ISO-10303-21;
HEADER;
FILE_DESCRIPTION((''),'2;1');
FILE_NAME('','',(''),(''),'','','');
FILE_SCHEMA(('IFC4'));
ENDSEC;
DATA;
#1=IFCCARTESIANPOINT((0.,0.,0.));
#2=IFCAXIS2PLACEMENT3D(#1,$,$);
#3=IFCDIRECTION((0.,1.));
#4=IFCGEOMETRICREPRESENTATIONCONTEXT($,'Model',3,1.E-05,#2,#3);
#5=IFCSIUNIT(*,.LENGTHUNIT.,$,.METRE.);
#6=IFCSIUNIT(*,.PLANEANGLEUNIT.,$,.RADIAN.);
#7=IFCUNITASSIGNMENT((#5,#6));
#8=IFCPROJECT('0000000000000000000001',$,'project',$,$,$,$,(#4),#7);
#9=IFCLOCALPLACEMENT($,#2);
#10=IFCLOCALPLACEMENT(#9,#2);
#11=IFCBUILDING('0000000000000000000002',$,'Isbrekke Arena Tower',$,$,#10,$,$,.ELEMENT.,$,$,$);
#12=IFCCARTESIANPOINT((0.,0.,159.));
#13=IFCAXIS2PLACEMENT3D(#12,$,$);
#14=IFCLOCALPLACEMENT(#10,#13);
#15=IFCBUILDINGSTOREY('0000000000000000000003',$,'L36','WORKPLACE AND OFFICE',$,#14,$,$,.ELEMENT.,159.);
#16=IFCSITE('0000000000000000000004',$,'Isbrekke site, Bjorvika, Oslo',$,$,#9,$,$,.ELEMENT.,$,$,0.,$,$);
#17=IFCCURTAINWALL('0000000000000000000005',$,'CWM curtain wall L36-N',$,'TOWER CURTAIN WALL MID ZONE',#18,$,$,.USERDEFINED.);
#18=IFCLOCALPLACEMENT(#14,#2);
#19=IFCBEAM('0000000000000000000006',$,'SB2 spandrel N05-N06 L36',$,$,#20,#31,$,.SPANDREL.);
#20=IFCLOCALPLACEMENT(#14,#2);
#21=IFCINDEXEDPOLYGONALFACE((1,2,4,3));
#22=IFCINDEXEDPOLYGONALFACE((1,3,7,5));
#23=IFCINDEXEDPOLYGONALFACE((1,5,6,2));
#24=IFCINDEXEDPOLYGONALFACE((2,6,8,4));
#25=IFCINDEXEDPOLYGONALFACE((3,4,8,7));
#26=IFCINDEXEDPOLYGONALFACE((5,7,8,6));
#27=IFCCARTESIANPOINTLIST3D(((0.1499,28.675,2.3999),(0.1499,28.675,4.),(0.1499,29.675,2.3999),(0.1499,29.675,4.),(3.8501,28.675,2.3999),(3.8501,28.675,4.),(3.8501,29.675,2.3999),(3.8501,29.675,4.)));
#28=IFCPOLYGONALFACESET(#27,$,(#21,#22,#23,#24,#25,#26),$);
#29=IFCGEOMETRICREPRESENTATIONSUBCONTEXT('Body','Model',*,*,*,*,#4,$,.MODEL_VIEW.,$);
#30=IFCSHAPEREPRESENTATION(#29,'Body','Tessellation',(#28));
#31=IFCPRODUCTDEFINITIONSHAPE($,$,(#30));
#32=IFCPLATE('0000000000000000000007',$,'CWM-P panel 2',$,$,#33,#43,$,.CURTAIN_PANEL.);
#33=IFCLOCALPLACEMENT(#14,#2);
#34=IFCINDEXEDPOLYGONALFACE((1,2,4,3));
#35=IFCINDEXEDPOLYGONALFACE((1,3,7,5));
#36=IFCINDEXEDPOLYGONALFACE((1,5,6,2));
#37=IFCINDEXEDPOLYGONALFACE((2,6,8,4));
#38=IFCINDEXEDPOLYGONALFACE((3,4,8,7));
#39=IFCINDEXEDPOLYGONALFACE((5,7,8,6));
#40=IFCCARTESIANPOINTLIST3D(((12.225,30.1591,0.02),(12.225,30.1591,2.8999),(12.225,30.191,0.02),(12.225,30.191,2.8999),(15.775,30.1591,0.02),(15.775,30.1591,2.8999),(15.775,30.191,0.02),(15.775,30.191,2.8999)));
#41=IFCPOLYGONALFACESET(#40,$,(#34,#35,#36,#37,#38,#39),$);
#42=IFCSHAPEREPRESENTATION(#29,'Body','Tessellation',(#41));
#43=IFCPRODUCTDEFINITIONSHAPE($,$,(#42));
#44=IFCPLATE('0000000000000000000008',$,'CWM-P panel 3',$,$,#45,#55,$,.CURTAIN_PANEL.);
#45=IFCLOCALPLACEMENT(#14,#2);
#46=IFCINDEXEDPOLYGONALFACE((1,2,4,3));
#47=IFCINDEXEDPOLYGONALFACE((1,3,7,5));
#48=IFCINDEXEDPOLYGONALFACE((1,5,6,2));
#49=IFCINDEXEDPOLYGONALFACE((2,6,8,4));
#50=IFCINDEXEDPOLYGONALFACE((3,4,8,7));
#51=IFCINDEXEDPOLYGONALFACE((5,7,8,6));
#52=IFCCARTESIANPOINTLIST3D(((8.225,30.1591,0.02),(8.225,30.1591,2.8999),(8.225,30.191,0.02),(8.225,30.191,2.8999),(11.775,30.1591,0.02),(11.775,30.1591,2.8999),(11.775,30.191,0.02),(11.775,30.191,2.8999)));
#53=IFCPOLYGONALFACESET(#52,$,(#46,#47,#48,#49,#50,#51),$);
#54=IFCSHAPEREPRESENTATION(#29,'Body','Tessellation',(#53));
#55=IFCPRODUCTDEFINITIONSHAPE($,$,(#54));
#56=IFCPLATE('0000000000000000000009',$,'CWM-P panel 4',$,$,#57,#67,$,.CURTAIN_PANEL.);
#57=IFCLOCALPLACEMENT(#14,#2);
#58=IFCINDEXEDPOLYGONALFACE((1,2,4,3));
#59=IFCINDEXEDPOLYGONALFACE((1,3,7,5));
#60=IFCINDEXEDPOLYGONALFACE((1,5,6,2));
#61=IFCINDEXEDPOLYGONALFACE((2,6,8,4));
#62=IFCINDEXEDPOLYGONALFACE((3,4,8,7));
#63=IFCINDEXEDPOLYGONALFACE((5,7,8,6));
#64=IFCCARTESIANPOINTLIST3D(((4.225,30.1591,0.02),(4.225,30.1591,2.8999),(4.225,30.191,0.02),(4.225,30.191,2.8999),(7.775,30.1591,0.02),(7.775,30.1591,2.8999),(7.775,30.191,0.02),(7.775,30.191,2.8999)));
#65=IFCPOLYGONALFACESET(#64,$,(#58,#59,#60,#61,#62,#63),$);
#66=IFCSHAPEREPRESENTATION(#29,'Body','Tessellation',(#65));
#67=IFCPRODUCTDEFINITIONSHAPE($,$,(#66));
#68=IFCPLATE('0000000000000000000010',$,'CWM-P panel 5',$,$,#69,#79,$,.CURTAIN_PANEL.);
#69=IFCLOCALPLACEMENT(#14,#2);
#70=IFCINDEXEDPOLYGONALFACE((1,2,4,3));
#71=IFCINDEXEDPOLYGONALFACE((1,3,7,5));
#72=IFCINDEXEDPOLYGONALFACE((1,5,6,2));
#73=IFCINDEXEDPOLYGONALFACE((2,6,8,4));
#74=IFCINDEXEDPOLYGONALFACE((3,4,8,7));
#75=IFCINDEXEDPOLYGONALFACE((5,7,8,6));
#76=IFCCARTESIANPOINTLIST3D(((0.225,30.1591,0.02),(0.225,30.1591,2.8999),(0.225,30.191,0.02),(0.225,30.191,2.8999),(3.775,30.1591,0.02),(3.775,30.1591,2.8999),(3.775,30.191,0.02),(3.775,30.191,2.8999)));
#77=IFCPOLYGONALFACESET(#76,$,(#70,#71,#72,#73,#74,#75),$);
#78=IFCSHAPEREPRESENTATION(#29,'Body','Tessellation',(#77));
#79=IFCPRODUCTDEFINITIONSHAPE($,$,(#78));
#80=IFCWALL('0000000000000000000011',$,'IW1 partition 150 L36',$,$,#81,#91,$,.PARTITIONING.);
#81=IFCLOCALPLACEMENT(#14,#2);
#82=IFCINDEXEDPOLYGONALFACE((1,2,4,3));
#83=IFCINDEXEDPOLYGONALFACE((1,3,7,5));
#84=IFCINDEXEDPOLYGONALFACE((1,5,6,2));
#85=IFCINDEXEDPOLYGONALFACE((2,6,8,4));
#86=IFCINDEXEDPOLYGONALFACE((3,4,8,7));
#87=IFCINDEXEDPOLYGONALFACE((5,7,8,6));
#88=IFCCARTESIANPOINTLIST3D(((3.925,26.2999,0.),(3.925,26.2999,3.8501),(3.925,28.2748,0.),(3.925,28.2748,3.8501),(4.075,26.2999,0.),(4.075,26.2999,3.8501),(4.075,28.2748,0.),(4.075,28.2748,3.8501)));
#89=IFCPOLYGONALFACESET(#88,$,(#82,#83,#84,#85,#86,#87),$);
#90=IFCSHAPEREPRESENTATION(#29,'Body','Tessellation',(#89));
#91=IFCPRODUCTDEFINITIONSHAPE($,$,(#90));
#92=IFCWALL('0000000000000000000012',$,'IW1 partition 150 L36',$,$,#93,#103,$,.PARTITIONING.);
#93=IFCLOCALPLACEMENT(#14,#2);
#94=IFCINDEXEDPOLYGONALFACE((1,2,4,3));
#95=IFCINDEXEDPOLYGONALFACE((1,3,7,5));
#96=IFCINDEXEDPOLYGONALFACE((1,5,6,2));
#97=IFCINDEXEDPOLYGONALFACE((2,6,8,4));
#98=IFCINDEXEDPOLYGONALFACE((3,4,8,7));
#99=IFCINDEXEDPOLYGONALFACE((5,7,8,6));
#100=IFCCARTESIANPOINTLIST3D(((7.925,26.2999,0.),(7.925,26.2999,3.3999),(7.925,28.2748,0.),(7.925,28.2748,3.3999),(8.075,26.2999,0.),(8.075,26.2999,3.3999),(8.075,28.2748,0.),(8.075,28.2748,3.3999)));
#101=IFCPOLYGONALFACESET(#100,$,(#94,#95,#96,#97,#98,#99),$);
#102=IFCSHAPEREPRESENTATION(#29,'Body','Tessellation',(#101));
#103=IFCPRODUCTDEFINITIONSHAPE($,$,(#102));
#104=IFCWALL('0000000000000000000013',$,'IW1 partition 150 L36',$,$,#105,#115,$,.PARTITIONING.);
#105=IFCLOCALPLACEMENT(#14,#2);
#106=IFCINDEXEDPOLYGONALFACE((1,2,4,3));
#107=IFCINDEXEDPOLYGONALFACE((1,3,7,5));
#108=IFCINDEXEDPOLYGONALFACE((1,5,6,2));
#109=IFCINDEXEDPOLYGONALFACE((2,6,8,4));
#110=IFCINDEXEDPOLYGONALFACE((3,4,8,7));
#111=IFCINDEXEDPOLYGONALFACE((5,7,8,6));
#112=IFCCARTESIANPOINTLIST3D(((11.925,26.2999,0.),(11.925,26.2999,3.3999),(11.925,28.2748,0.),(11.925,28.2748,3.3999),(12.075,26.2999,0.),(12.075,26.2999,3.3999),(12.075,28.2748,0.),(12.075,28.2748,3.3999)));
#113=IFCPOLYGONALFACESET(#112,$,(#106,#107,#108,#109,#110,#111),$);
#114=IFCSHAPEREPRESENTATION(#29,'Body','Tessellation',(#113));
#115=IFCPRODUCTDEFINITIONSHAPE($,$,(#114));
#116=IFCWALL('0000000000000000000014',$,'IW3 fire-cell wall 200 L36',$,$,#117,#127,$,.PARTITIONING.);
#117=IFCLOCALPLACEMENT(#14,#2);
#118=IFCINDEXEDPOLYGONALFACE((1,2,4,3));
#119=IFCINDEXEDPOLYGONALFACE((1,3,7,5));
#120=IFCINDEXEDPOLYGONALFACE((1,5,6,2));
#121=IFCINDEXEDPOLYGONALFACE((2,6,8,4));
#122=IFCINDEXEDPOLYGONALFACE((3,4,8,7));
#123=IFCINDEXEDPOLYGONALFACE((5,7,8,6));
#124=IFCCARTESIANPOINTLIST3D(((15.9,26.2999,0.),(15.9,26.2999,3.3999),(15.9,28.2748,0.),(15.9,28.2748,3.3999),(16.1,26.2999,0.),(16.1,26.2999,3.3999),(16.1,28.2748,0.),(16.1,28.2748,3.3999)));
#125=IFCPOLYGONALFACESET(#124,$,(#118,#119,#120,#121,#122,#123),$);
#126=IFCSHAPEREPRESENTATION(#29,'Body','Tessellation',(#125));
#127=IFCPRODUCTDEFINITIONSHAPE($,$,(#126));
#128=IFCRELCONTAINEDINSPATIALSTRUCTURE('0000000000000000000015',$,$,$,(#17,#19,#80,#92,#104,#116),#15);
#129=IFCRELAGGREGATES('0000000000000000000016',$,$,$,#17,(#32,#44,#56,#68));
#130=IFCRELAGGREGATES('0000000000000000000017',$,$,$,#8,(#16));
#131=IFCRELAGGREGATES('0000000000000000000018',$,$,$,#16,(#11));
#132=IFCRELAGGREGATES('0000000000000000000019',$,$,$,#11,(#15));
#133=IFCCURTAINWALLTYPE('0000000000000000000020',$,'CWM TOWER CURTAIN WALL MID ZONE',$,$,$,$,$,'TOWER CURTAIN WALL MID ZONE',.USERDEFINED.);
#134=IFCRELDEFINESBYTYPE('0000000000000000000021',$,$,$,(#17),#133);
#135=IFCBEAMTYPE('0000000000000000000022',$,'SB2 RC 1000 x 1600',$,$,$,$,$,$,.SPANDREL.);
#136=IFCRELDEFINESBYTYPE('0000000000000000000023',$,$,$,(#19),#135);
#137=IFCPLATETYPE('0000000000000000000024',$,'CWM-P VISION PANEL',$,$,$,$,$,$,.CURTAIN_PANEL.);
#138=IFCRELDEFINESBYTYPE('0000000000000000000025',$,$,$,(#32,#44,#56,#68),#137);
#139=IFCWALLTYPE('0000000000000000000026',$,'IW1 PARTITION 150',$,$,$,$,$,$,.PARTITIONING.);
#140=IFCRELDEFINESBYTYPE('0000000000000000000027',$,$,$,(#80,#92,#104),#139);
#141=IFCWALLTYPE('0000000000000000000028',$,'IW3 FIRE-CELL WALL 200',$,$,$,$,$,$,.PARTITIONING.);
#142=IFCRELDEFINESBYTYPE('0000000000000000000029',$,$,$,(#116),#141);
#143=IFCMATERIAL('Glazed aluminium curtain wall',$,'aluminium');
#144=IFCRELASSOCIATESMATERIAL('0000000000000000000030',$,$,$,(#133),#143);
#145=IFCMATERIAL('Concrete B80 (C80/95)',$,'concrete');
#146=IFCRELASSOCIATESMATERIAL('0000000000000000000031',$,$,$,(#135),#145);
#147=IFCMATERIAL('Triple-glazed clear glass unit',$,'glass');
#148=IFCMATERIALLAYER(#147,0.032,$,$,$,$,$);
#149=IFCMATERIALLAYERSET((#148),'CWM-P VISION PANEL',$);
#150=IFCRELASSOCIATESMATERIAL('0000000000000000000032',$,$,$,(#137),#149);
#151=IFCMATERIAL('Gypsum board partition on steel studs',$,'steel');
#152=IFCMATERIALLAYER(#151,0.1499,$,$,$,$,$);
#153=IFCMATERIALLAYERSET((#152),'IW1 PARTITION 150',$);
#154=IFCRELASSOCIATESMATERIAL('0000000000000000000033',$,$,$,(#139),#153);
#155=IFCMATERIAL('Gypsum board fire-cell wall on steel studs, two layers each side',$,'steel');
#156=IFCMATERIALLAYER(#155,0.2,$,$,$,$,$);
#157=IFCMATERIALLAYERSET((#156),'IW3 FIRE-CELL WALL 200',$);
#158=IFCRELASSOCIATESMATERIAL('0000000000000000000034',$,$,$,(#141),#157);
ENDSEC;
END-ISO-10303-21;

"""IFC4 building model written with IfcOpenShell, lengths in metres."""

from ifc_helpers import new_model, si_unit, direction, frame, frame_2d, origin, origin_2d, place, context, subcontext, project, spatial, rectangle, extrude, material, layer, layer_set, material_profile, profile_set, type_object, element, aggregate, save


model = new_model("IFC4")

# Units and contexts
model_context = context("Model", 3, precision=1e-05, world=origin(), true_north=direction((0.0, 1.0)))
body_context = subcontext(model_context, "Body", "Model", "MODEL_VIEW")
ifc_project = project(units=[si_unit("LENGTHUNIT", "METRE"), si_unit("PLANEANGLEUNIT", "RADIAN")], contexts=[model_context])

# Site, building, storey
site_placement = place(None, origin())
site = spatial("IfcSite", under=ifc_project, at=site_placement, Name="Isbrekke site, Bjorvika, Oslo", CompositionType="ELEMENT", RefElevation=0.0)
building_placement = place(site_placement, origin())
building = spatial("IfcBuilding", under=site, at=building_placement, Name="Isbrekke Arena Tower", CompositionType="ELEMENT")
storey_placement = place(building_placement, frame((0.0, 0.0, 159.0)))
storey = spatial("IfcBuildingStorey", under=building, at=storey_placement, Name="L36", Description="WORKPLACE AND OFFICE", CompositionType="ELEMENT", Elevation=159.0)

# Curtain wall
ifc_material_1 = material(Name="Glazed aluminium curtain wall", Category="aluminium")
curtain_wall_type = type_object("IfcCurtainWallType", Name="CWM TOWER CURTAIN WALL MID ZONE", ElementType="TOWER CURTAIN WALL MID ZONE", PredefinedType="USERDEFINED", material=ifc_material_1)
curtain_wall_placement = place(storey_placement, origin())
curtain_wall = element("IfcCurtainWall", 1, at=curtain_wall_placement, inside=storey, type_object=curtain_wall_type, Name="CWM curtain wall L36-N", ObjectType="TOWER CURTAIN WALL MID ZONE", PredefinedType="USERDEFINED")

# Beam
ifc_material_2 = material(Name="Concrete B80 (C80/95)", Category="concrete")
ifc_material_profile_1 = material_profile(ifc_material_2, rectangle(XDim=1.0, YDim=1.6001, at=origin_2d()), Name="RC 1000x1600")
ifc_profile_set_1 = profile_set([ifc_material_profile_1], Name="Concrete B80 (C80/95)")
beam_type_1 = type_object("IfcBeamType", Name="SB2 RC 1000 x 1600", PredefinedType="SPANDREL", material=ifc_profile_set_1)
for number, where, z_axis, x_axis, name in (
    (2, (3.8501, 29.175, 3.2), (-1.0, 0.0, 0.0), (0.0, -1.0, 0.0), "SB2 spandrel N05-N06 L36"),
):
    element("IfcBeam", number, at=place(storey_placement, frame(where, z_axis=z_axis, x_axis=x_axis)), inside=storey, type_object=beam_type_1, Name=name, PredefinedType="SPANDREL", context=body_context, shape_type="SweptSolid", body=[
        extrude(rectangle(XDim=1.0, YDim=1.6001, at=origin_2d()), origin(), (0.0, 0.0, 1.0), 3.7002),
    ])

# Plates
ifc_material_3 = material(Name="Triple-glazed clear glass unit", Category="glass")
ifc_layer_1 = layer(ifc_material_3, 0.032)
ifc_layer_set_1 = layer_set([ifc_layer_1], Name="CWM-P VISION PANEL")
plate_type = type_object("IfcPlateType", Name="CWM-P VISION PANEL", PredefinedType="CURTAIN_PANEL", material=ifc_layer_set_1)
plate_1_placement = place(storey_placement, frame((14.0, 30.175, 0.02), z_axis=(0.0, 0.0, 1.0), x_axis=(-1.0, 0.0, 0.0)))
plate_1 = element("IfcPlate", 3, at=plate_1_placement, type_object=plate_type, Name="CWM-P panel 2", PredefinedType="CURTAIN_PANEL", context=body_context, shape_type="SweptSolid", body=[
    extrude(rectangle(XDim=3.55, YDim=0.032, at=origin_2d()), origin(), (0.0, 0.0, 1.0), 2.8799),
])
plate_2_placement = place(storey_placement, frame((10.0, 30.175, 0.02), z_axis=(0.0, 0.0, 1.0), x_axis=(-1.0, 0.0, 0.0)))
plate_2 = element("IfcPlate", 4, at=plate_2_placement, type_object=plate_type, Name="CWM-P panel 3", PredefinedType="CURTAIN_PANEL", context=body_context, shape_type="SweptSolid", body=[
    extrude(rectangle(XDim=3.55, YDim=0.032, at=origin_2d()), origin(), (0.0, 0.0, 1.0), 2.8799),
])
plate_3_placement = place(storey_placement, frame((6.0, 30.175, 0.02), z_axis=(0.0, 0.0, 1.0), x_axis=(-1.0, 0.0, 0.0)))
plate_3 = element("IfcPlate", 5, at=plate_3_placement, type_object=plate_type, Name="CWM-P panel 4", PredefinedType="CURTAIN_PANEL", context=body_context, shape_type="SweptSolid", body=[
    extrude(rectangle(XDim=3.55, YDim=0.032, at=origin_2d()), origin(), (0.0, 0.0, 1.0), 2.8799),
])
plate_4_placement = place(storey_placement, frame((2.0, 30.175, 0.02), z_axis=(0.0, 0.0, 1.0), x_axis=(-1.0, 0.0, 0.0)))
plate_4 = element("IfcPlate", 6, at=plate_4_placement, type_object=plate_type, Name="CWM-P panel 5", PredefinedType="CURTAIN_PANEL", context=body_context, shape_type="SweptSolid", body=[
    extrude(rectangle(XDim=3.55, YDim=0.032, at=origin_2d()), origin(), (0.0, 0.0, 1.0), 2.8799),
])
aggregate(curtain_wall, [plate_1, plate_2, plate_3, plate_4])

# Walls
ifc_material_4 = material(Name="Gypsum board partition on steel studs", Category="steel")
ifc_layer_2 = layer(ifc_material_4, 0.1499)
ifc_layer_set_2 = layer_set([ifc_layer_2], Name="IW1 PARTITION 150")
wall_type_1 = type_object("IfcWallType", Name="IW1 PARTITION 150", PredefinedType="PARTITIONING", material=ifc_layer_set_2)
wall_1_placement = place(storey_placement, frame((4.0, 26.3, 0.0), z_axis=(0.0, 0.0, 1.0), x_axis=(0.0, 1.0, 0.0)))
element("IfcWall", 7, at=wall_1_placement, inside=storey, type_object=wall_type_1, Name="IW1 partition 150 L36", PredefinedType="PARTITIONING", context=body_context, shape_type="SweptSolid", body=[
    extrude(rectangle(XDim=1.9749, YDim=0.1499, at=frame_2d((0.9873, 0.0))), origin(), (0.0, 0.0, 1.0), 3.8501),
])
for number, where, z_axis, x_axis, name in (
    (8, (8.0, 26.3, 0.0), (0.0, 0.0, 1.0), (0.0, 1.0, 0.0), "IW1 partition 150 L36"),
    (9, (12.0, 26.3, 0.0), (0.0, 0.0, 1.0), (0.0, 1.0, 0.0), "IW1 partition 150 L36"),
):
    element("IfcWall", number, at=place(storey_placement, frame(where, z_axis=z_axis, x_axis=x_axis)), inside=storey, type_object=wall_type_1, Name=name, PredefinedType="PARTITIONING", context=body_context, shape_type="SweptSolid", body=[
        extrude(rectangle(XDim=1.9749, YDim=0.1499, at=frame_2d((0.9873, 0.0))), origin(), (0.0, 0.0, 1.0), 3.3999),
    ])
ifc_material_5 = material(Name="Gypsum board fire-cell wall on steel studs, two layers each side", Category="steel")
ifc_layer_3 = layer(ifc_material_5, 0.2)
ifc_layer_set_3 = layer_set([ifc_layer_3], Name="IW3 FIRE-CELL WALL 200")
wall_type_2 = type_object("IfcWallType", Name="IW3 FIRE-CELL WALL 200", PredefinedType="PARTITIONING", material=ifc_layer_set_3)
wall_2_placement = place(storey_placement, frame((16.0, 26.3, 0.0), z_axis=(0.0, 0.0, 1.0), x_axis=(0.0, 1.0, 0.0)))
element("IfcWall", 10, at=wall_2_placement, inside=storey, type_object=wall_type_2, Name="IW3 fire-cell wall 200 L36", PredefinedType="PARTITIONING", context=body_context, shape_type="SweptSolid", body=[
    extrude(rectangle(XDim=1.9749, YDim=0.2, at=frame_2d((0.9873, 0.0))), origin(), (0.0, 0.0, 1.0), 3.3999),
])

save(model, "model.ifc")
